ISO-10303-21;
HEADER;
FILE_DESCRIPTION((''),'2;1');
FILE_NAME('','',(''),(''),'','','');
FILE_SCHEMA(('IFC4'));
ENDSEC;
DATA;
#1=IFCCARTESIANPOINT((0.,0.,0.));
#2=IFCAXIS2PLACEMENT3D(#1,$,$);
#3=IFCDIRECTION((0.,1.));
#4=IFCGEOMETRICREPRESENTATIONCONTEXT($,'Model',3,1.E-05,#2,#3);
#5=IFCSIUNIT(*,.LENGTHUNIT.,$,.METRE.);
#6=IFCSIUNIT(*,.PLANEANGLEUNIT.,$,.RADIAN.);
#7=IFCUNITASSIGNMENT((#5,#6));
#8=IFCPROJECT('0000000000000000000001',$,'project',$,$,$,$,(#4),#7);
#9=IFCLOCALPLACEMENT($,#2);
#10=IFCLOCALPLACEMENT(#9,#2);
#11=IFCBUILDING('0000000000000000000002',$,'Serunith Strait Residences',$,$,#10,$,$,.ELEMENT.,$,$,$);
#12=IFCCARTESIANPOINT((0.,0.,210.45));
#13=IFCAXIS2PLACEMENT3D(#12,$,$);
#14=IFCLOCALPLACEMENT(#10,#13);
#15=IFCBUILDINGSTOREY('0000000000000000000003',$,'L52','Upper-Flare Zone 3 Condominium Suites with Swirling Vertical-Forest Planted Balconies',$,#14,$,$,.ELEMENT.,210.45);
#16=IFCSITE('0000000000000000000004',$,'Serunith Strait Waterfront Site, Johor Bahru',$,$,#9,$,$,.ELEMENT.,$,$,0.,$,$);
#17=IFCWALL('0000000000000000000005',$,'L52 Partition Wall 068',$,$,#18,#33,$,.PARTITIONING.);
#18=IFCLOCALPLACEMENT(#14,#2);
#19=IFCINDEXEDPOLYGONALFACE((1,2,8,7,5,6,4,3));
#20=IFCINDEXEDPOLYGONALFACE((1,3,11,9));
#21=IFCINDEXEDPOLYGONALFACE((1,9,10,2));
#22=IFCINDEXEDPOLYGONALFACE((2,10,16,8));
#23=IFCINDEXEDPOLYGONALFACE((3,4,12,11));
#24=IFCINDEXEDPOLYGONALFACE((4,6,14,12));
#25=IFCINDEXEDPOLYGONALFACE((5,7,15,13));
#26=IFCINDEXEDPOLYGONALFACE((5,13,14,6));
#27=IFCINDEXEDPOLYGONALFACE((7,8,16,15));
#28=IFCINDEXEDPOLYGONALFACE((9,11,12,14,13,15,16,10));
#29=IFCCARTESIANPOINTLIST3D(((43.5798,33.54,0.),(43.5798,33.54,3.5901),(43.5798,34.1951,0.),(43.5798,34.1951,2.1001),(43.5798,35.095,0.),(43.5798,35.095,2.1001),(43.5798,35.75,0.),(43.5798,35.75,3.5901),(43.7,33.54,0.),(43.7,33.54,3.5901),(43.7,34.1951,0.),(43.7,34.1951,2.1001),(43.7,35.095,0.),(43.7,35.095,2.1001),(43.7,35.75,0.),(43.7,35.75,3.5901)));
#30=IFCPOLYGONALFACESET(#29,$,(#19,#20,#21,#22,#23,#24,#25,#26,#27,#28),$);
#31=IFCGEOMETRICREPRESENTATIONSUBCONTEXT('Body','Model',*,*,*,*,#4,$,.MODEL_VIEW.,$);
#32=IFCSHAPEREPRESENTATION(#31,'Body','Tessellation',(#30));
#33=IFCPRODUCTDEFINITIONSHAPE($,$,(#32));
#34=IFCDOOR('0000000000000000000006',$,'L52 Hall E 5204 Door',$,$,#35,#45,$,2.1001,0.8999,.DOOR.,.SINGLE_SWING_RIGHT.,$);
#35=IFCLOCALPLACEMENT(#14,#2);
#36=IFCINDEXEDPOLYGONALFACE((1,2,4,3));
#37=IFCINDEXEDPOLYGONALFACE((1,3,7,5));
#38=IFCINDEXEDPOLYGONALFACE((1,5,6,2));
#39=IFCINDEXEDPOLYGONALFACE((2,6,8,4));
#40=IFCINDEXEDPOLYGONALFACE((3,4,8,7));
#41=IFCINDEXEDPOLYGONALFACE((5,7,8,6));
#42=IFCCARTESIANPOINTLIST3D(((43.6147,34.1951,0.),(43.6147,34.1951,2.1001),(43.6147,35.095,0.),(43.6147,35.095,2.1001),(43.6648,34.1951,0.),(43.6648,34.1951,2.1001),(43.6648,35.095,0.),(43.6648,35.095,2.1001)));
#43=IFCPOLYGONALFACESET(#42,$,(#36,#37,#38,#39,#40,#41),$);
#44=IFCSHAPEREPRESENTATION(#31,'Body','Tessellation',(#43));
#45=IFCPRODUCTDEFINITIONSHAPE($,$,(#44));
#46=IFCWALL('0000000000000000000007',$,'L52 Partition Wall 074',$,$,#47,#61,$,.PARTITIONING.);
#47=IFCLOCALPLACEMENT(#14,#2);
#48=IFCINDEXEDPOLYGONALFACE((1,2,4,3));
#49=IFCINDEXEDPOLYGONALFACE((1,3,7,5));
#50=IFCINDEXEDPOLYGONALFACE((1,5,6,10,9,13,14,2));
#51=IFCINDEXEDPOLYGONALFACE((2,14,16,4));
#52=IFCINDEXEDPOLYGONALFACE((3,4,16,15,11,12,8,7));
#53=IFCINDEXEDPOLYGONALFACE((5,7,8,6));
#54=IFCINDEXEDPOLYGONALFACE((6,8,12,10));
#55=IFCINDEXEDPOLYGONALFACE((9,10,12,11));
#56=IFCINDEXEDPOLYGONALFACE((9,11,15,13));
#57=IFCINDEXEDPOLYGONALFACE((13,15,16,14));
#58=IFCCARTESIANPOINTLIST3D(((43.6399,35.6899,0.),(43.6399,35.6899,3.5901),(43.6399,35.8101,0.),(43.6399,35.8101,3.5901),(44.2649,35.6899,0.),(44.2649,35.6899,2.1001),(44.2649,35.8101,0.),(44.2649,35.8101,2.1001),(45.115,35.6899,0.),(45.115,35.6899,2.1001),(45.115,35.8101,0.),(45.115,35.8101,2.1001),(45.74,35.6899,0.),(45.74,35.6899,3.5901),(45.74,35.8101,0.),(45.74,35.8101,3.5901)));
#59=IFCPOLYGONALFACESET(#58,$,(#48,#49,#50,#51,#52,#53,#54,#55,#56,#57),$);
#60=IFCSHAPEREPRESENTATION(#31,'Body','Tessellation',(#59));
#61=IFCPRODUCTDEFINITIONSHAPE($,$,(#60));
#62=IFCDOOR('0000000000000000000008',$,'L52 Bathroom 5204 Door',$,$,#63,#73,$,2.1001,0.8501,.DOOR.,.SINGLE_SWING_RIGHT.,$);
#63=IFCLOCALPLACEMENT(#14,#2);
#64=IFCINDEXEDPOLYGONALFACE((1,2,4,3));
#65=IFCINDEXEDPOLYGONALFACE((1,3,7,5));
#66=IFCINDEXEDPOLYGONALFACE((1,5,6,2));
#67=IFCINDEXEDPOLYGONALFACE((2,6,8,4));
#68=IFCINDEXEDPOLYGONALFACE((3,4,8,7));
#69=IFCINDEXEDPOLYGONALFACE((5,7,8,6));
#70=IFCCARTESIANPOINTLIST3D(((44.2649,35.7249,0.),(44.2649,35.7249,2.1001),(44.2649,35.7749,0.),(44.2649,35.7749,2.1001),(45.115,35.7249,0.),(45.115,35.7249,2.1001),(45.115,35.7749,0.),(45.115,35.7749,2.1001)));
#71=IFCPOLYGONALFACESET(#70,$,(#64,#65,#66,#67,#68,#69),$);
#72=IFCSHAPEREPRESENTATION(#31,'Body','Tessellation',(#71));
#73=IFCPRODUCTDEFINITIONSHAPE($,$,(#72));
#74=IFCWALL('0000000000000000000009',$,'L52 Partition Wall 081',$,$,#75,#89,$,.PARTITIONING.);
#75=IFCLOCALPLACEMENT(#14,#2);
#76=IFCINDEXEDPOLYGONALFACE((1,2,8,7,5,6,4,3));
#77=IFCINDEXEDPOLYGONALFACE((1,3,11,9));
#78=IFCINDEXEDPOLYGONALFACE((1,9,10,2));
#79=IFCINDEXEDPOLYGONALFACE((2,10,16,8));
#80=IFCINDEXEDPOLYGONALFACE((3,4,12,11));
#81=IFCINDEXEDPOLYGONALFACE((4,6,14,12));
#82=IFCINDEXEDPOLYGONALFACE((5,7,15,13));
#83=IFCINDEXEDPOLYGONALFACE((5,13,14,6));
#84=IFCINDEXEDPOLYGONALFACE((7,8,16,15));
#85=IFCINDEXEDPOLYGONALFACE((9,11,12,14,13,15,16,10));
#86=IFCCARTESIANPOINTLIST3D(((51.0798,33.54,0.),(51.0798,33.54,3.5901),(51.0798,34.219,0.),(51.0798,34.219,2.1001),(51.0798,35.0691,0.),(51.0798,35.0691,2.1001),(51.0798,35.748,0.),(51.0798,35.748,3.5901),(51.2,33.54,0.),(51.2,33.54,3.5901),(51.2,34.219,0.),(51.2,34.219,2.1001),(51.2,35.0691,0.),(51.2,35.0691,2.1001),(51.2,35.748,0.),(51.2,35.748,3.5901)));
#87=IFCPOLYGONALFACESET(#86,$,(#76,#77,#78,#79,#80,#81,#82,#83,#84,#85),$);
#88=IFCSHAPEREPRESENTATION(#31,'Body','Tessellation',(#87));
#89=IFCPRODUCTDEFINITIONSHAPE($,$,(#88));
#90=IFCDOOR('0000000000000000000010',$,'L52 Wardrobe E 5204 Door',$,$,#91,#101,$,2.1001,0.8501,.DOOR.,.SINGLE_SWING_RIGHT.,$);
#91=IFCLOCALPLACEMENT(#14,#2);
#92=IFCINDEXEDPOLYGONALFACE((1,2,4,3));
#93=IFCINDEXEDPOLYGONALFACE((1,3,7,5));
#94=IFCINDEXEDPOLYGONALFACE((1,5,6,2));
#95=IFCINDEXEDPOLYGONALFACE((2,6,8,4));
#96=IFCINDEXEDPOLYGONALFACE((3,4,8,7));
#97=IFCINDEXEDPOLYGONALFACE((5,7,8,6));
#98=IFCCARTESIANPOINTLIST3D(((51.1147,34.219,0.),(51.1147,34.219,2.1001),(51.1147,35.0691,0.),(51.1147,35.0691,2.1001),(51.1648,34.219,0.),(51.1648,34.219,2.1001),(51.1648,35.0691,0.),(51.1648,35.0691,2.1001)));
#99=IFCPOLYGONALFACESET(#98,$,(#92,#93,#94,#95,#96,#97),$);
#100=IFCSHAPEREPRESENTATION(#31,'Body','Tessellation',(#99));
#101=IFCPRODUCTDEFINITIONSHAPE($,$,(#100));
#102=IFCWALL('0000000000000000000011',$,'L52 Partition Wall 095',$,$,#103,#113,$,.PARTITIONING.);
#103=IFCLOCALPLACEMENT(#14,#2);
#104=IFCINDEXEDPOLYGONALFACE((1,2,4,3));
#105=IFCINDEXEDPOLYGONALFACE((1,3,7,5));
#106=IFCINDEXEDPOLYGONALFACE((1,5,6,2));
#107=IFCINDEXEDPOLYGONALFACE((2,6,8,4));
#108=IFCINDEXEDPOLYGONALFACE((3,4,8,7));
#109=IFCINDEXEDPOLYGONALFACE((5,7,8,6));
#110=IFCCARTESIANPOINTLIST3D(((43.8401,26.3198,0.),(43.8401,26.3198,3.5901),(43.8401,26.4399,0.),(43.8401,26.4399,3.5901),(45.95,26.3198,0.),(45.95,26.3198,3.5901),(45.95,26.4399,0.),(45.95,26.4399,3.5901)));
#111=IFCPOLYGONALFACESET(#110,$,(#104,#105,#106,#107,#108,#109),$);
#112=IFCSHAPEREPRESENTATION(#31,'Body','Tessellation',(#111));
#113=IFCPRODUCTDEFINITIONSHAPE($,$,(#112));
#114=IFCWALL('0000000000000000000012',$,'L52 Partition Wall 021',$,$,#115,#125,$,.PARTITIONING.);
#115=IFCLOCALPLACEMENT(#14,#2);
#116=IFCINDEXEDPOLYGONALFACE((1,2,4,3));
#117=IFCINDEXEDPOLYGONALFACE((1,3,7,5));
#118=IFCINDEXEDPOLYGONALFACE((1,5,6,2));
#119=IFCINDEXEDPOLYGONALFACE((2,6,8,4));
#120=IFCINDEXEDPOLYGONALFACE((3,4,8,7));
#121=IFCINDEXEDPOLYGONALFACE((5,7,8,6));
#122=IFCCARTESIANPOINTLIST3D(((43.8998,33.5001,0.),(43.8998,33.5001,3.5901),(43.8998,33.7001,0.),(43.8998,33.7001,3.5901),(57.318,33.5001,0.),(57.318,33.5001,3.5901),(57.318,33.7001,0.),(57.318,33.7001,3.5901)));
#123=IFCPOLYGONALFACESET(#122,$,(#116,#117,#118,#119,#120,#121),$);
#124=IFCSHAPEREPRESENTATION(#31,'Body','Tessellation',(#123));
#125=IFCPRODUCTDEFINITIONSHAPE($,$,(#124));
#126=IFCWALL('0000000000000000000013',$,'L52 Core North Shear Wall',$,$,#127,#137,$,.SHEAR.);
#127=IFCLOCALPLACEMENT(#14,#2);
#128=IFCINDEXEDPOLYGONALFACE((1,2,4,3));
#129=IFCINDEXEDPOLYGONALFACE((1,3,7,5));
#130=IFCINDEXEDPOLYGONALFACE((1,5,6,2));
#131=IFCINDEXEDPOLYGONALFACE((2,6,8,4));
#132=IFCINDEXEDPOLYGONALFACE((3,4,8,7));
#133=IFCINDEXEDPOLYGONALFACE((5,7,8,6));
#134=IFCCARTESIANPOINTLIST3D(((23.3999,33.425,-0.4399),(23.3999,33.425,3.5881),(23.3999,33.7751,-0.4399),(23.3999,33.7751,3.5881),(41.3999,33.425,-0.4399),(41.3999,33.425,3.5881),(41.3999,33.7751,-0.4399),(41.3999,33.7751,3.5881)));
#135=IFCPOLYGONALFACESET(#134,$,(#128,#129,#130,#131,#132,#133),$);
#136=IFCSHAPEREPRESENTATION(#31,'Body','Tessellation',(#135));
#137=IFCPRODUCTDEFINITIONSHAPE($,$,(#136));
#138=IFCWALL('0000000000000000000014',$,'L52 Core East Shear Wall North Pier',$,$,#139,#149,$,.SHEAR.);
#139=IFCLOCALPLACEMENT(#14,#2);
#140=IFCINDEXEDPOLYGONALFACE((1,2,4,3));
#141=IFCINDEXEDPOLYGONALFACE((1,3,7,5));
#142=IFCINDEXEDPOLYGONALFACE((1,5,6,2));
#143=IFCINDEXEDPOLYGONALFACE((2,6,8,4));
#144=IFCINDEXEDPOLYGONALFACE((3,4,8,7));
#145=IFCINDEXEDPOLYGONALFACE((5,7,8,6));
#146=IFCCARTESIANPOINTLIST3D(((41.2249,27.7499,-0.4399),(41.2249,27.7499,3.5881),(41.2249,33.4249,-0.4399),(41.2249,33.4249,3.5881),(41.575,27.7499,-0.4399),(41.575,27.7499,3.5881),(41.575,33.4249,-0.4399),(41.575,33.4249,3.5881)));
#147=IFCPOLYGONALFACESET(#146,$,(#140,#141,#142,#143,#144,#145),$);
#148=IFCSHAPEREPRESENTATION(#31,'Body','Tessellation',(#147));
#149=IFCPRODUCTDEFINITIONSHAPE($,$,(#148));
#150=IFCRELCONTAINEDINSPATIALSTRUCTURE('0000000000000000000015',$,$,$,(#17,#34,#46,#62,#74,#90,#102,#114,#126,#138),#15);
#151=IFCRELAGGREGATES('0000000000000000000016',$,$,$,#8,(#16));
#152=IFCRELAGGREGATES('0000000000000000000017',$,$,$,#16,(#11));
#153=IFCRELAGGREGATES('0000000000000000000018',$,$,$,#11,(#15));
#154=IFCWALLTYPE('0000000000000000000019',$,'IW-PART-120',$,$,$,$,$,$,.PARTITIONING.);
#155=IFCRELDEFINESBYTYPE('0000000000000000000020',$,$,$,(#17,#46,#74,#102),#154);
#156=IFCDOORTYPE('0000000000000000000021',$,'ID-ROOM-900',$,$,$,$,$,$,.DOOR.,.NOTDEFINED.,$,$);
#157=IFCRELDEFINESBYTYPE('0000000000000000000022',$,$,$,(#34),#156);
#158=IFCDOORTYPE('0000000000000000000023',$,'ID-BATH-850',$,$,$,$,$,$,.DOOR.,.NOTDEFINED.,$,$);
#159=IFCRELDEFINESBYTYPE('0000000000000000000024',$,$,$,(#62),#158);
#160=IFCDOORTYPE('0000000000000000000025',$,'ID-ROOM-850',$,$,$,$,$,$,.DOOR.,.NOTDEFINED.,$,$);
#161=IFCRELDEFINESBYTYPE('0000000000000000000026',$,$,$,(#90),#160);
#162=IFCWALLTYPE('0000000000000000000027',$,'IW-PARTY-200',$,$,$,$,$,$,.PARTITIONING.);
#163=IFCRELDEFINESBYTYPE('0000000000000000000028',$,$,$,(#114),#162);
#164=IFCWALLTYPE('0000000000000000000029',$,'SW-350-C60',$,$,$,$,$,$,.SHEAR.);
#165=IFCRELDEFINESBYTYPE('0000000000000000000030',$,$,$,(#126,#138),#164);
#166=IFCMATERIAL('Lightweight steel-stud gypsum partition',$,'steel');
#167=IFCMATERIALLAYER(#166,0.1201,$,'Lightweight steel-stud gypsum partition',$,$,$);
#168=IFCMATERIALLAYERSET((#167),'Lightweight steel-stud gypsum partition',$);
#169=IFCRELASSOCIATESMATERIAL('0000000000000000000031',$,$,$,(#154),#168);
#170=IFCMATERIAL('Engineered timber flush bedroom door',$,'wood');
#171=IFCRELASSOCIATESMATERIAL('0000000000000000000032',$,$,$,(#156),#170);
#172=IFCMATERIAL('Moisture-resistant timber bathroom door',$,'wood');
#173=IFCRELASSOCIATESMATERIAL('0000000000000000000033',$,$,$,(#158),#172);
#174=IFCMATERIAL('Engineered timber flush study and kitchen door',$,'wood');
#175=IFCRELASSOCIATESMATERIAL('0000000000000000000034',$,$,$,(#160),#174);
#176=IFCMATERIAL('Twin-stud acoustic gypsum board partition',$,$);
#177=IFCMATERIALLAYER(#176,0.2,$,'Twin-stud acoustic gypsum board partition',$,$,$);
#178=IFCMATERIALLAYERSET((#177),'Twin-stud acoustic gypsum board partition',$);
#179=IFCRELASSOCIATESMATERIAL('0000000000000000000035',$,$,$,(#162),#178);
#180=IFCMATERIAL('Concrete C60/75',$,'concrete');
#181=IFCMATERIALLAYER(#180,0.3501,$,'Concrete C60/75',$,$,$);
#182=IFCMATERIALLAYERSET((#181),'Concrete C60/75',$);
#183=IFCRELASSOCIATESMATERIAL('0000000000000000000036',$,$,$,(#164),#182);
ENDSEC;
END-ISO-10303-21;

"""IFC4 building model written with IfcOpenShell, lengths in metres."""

from ifc_helpers import new_model, si_unit, direction, frame, frame_2d, origin, place, context, subcontext, project, spatial, rectangle, extrude, source, transform, mapped, material, layer, layer_set, type_object, element, fill, save


model = new_model("IFC4")

# Units and contexts
model_context = context("Model", 3, precision=1e-05, world=origin(), true_north=direction((0.0, 1.0)))
body_context = subcontext(model_context, "Body", "Model", "MODEL_VIEW")
ifc_project = project(units=[si_unit("LENGTHUNIT", "METRE"), si_unit("PLANEANGLEUNIT", "RADIAN")], contexts=[model_context])

# Site, building, storey
site_placement = place(None, origin())
site = spatial("IfcSite", under=ifc_project, at=site_placement, Name="Serunith Strait Waterfront Site, Johor Bahru", CompositionType="ELEMENT", RefElevation=0.0)
building_placement = place(site_placement, origin())
building = spatial("IfcBuilding", under=site, at=building_placement, Name="Serunith Strait Residences", CompositionType="ELEMENT")
storey_placement = place(building_placement, frame((0.0, 0.0, 210.45)))
storey = spatial("IfcBuildingStorey", under=building, at=storey_placement, Name="L52", Description="Upper-Flare Zone 3 Condominium Suites with Swirling Vertical-Forest Planted Balconies", CompositionType="ELEMENT", Elevation=210.45)

# Walls, openings, doors
ifc_material_1 = material(Name="Lightweight steel-stud gypsum partition", Category="steel")
ifc_layer_1 = layer(ifc_material_1, 0.1201, Name="Lightweight steel-stud gypsum partition")
ifc_layer_set_1 = layer_set([ifc_layer_1], Name="Lightweight steel-stud gypsum partition")
wall_type_1 = type_object("IfcWallType", Name="IW-PART-120", PredefinedType="PARTITIONING", material=ifc_layer_set_1)
wall_1_placement = place(storey_placement, frame((43.6399, 35.75, 0.0), z_axis=(0.0, 0.0, 1.0), x_axis=(0.0, -1.0, 0.0)))
wall_1 = element("IfcWall", 1, at=wall_1_placement, inside=storey, type_object=wall_type_1, Name="L52 Partition Wall 068", PredefinedType="PARTITIONING", context=body_context, shape_type="SweptSolid", body=[
    extrude(rectangle(XDim=2.21, YDim=0.1201, at=frame_2d((1.105, 0.0))), origin(), (0.0, 0.0, 1.0), 3.5901),
])
opening_1_placement = place(wall_1_placement, frame((0.655, 0.0, 0.0)))
opening_1 = element("IfcOpeningElement", 2, at=opening_1_placement, cuts=wall_1, PredefinedType="OPENING", context=body_context, shape_type="SweptSolid", body=[
    extrude(rectangle(XDim=0.8999, YDim=2.1001, at=frame_2d((0.45, 1.05))), frame((0.0, 0.0701, 0.0), z_axis=(0.0, -1.0, 0.0), x_axis=(1.0, 0.0, 0.0)), (0.0, 0.0, 1.0), 0.1401),
])
ifc_material_2 = material(Name="Engineered timber flush bedroom door", Category="wood")
door_type_1 = type_object("IfcDoorType", Name="ID-ROOM-900", OperationType="NOTDEFINED", PredefinedType="DOOR", material=ifc_material_2)
shared_shape_1 = source(origin(), body_context, "Body", "SweptSolid", [
    extrude(rectangle(XDim=0.8999, YDim=2.1001, at=frame_2d((0.45, 1.05))), frame((0.0, 0.0249, 0.0), z_axis=(0.0, -1.0, 0.0), x_axis=(1.0, 0.0, 0.0)), (0.0, 0.0, 1.0), 0.05),
])
door_1_placement = place(opening_1_placement, origin())
door_1 = element("IfcDoor", 3, at=door_1_placement, inside=storey, type_object=door_type_1, Name="L52 Hall E 5204 Door", OperationType="SINGLE_SWING_RIGHT", OverallHeight=2.1001, OverallWidth=0.8999, PredefinedType="DOOR", context=body_context, shape_type="MappedRepresentation", body=[
    mapped(shared_shape_1, transform((0.0, 0.0, 0.0), scale=1.0)),
])
fill(opening_1, door_1)
wall_2_placement = place(storey_placement, frame((43.6399, 35.75, 0.0), z_axis=(0.0, 0.0, 1.0), x_axis=(1.0, 0.0, 0.0)))
wall_2 = element("IfcWall", 4, at=wall_2_placement, inside=storey, type_object=wall_type_1, Name="L52 Partition Wall 074", PredefinedType="PARTITIONING", context=body_context, shape_type="SweptSolid", body=[
    extrude(rectangle(XDim=2.1001, YDim=0.1201, at=frame_2d((1.05, 0.0))), origin(), (0.0, 0.0, 1.0), 3.5901),
])
opening_2_placement = place(wall_2_placement, frame((0.625, 0.0, 0.0)))
opening_2 = element("IfcOpeningElement", 5, at=opening_2_placement, cuts=wall_2, PredefinedType="OPENING", context=body_context, shape_type="SweptSolid", body=[
    extrude(rectangle(XDim=0.8501, YDim=2.1001, at=frame_2d((0.425, 1.05))), frame((0.0, 0.0701, 0.0), z_axis=(0.0, -1.0, 0.0), x_axis=(1.0, 0.0, 0.0)), (0.0, 0.0, 1.0), 0.1401),
])
ifc_material_3 = material(Name="Moisture-resistant timber bathroom door", Category="wood")
door_type_2 = type_object("IfcDoorType", Name="ID-BATH-850", OperationType="NOTDEFINED", PredefinedType="DOOR", material=ifc_material_3)
shared_shape_2 = source(origin(), body_context, "Body", "SweptSolid", [
    extrude(rectangle(XDim=0.8501, YDim=2.1001, at=frame_2d((0.425, 1.05))), frame((0.0, 0.0249, 0.0), z_axis=(0.0, -1.0, 0.0), x_axis=(1.0, 0.0, 0.0)), (0.0, 0.0, 1.0), 0.05),
])
door_2_placement = place(opening_2_placement, origin())
door_2 = element("IfcDoor", 6, at=door_2_placement, inside=storey, type_object=door_type_2, Name="L52 Bathroom 5204 Door", OperationType="SINGLE_SWING_RIGHT", OverallHeight=2.1001, OverallWidth=0.8501, PredefinedType="DOOR", context=body_context, shape_type="MappedRepresentation", body=[
    mapped(shared_shape_2, transform((0.0, 0.0, 0.0), scale=1.0)),
])
fill(opening_2, door_2)
wall_3_placement = place(storey_placement, frame((51.1399, 35.748, 0.0), z_axis=(0.0, 0.0, 1.0), x_axis=(0.0, -1.0, 0.0)))
wall_3 = element("IfcWall", 7, at=wall_3_placement, inside=storey, type_object=wall_type_1, Name="L52 Partition Wall 081", PredefinedType="PARTITIONING", context=body_context, shape_type="SweptSolid", body=[
    extrude(rectangle(XDim=2.208, YDim=0.1201, at=frame_2d((1.104, 0.0))), origin(), (0.0, 0.0, 1.0), 3.5901),
])
opening_3_placement = place(wall_3_placement, frame((0.679, 0.0, 0.0)))
opening_3 = element("IfcOpeningElement", 8, at=opening_3_placement, cuts=wall_3, PredefinedType="OPENING", context=body_context, shape_type="SweptSolid", body=[
    extrude(rectangle(XDim=0.8501, YDim=2.1001, at=frame_2d((0.425, 1.05))), frame((0.0, 0.0701, 0.0), z_axis=(0.0, -1.0, 0.0), x_axis=(1.0, 0.0, 0.0)), (0.0, 0.0, 1.0), 0.1401),
])
ifc_material_4 = material(Name="Engineered timber flush study and kitchen door", Category="wood")
door_type_3 = type_object("IfcDoorType", Name="ID-ROOM-850", OperationType="NOTDEFINED", PredefinedType="DOOR", material=ifc_material_4)
door_3_placement = place(opening_3_placement, origin())
door_3 = element("IfcDoor", 9, at=door_3_placement, inside=storey, type_object=door_type_3, Name="L52 Wardrobe E 5204 Door", OperationType="SINGLE_SWING_RIGHT", OverallHeight=2.1001, OverallWidth=0.8501, PredefinedType="DOOR", context=body_context, shape_type="MappedRepresentation", body=[
    mapped(shared_shape_2, transform((0.0, 0.0, 0.0), scale=1.0)),
])
fill(opening_3, door_3)

# Walls
wall_4_placement = place(storey_placement, frame((45.95, 26.3799, 0.0), z_axis=(0.0, 0.0, 1.0), x_axis=(-1.0, 0.0, 0.0)))
element("IfcWall", 10, at=wall_4_placement, inside=storey, type_object=wall_type_1, Name="L52 Partition Wall 095", PredefinedType="PARTITIONING", context=body_context, shape_type="SweptSolid", body=[
    extrude(rectangle(XDim=2.1099, YDim=0.1201, at=frame_2d((1.0549, 0.0))), origin(), (0.0, 0.0, 1.0), 3.5901),
])
ifc_material_5 = material(Name="Twin-stud acoustic gypsum board partition")
ifc_layer_2 = layer(ifc_material_5, 0.2, Name="Twin-stud acoustic gypsum board partition")
ifc_layer_set_2 = layer_set([ifc_layer_2], Name="Twin-stud acoustic gypsum board partition")
wall_type_2 = type_object("IfcWallType", Name="IW-PARTY-200", PredefinedType="PARTITIONING", material=ifc_layer_set_2)
wall_5_placement = place(storey_placement, frame((43.8999, 33.6001, 0.0), z_axis=(0.0, 0.0, 1.0), x_axis=(1.0, 0.0, 0.0)))
element("IfcWall", 11, at=wall_5_placement, inside=storey, type_object=wall_type_2, Name="L52 Partition Wall 021", PredefinedType="PARTITIONING", context=body_context, shape_type="SweptSolid", body=[
    extrude(rectangle(XDim=13.4182, YDim=0.2, at=frame_2d((6.709, 0.0))), origin(), (0.0, 0.0, 1.0), 3.5901),
])

# Walls
ifc_material_6 = material(Name="Concrete C60/75", Category="concrete")
ifc_layer_3 = layer(ifc_material_6, 0.3501, Name="Concrete C60/75")
ifc_layer_set_3 = layer_set([ifc_layer_3], Name="Concrete C60/75")
wall_type_3 = type_object("IfcWallType", Name="SW-350-C60", PredefinedType="SHEAR", material=ifc_layer_set_3)
wall_6_placement = place(storey_placement, frame((41.3999, 33.6001, -0.4399), z_axis=(0.0, 0.0, 1.0), x_axis=(-1.0, 0.0, 0.0)))
element("IfcWall", 12, at=wall_6_placement, inside=storey, type_object=wall_type_3, Name="L52 Core North Shear Wall", PredefinedType="SHEAR", context=body_context, shape_type="SweptSolid", body=[
    extrude(rectangle(XDim=18.0, YDim=0.3501, at=frame_2d((9.0, 0.0))), origin(), (0.0, 0.0, 1.0), 4.0281),
])
wall_7_placement = place(storey_placement, frame((41.3999, 27.75, -0.4399), z_axis=(0.0, 0.0, 1.0), x_axis=(0.0, 1.0, 0.0)))
element("IfcWall", 13, at=wall_7_placement, inside=storey, type_object=wall_type_3, Name="L52 Core East Shear Wall North Pier", PredefinedType="SHEAR", context=body_context, shape_type="SweptSolid", body=[
    extrude(rectangle(XDim=5.675, YDim=0.3501, at=frame_2d((2.8374, 0.0))), origin(), (0.0, 0.0, 1.0), 4.0281),
])

save(model, "model.ifc")
